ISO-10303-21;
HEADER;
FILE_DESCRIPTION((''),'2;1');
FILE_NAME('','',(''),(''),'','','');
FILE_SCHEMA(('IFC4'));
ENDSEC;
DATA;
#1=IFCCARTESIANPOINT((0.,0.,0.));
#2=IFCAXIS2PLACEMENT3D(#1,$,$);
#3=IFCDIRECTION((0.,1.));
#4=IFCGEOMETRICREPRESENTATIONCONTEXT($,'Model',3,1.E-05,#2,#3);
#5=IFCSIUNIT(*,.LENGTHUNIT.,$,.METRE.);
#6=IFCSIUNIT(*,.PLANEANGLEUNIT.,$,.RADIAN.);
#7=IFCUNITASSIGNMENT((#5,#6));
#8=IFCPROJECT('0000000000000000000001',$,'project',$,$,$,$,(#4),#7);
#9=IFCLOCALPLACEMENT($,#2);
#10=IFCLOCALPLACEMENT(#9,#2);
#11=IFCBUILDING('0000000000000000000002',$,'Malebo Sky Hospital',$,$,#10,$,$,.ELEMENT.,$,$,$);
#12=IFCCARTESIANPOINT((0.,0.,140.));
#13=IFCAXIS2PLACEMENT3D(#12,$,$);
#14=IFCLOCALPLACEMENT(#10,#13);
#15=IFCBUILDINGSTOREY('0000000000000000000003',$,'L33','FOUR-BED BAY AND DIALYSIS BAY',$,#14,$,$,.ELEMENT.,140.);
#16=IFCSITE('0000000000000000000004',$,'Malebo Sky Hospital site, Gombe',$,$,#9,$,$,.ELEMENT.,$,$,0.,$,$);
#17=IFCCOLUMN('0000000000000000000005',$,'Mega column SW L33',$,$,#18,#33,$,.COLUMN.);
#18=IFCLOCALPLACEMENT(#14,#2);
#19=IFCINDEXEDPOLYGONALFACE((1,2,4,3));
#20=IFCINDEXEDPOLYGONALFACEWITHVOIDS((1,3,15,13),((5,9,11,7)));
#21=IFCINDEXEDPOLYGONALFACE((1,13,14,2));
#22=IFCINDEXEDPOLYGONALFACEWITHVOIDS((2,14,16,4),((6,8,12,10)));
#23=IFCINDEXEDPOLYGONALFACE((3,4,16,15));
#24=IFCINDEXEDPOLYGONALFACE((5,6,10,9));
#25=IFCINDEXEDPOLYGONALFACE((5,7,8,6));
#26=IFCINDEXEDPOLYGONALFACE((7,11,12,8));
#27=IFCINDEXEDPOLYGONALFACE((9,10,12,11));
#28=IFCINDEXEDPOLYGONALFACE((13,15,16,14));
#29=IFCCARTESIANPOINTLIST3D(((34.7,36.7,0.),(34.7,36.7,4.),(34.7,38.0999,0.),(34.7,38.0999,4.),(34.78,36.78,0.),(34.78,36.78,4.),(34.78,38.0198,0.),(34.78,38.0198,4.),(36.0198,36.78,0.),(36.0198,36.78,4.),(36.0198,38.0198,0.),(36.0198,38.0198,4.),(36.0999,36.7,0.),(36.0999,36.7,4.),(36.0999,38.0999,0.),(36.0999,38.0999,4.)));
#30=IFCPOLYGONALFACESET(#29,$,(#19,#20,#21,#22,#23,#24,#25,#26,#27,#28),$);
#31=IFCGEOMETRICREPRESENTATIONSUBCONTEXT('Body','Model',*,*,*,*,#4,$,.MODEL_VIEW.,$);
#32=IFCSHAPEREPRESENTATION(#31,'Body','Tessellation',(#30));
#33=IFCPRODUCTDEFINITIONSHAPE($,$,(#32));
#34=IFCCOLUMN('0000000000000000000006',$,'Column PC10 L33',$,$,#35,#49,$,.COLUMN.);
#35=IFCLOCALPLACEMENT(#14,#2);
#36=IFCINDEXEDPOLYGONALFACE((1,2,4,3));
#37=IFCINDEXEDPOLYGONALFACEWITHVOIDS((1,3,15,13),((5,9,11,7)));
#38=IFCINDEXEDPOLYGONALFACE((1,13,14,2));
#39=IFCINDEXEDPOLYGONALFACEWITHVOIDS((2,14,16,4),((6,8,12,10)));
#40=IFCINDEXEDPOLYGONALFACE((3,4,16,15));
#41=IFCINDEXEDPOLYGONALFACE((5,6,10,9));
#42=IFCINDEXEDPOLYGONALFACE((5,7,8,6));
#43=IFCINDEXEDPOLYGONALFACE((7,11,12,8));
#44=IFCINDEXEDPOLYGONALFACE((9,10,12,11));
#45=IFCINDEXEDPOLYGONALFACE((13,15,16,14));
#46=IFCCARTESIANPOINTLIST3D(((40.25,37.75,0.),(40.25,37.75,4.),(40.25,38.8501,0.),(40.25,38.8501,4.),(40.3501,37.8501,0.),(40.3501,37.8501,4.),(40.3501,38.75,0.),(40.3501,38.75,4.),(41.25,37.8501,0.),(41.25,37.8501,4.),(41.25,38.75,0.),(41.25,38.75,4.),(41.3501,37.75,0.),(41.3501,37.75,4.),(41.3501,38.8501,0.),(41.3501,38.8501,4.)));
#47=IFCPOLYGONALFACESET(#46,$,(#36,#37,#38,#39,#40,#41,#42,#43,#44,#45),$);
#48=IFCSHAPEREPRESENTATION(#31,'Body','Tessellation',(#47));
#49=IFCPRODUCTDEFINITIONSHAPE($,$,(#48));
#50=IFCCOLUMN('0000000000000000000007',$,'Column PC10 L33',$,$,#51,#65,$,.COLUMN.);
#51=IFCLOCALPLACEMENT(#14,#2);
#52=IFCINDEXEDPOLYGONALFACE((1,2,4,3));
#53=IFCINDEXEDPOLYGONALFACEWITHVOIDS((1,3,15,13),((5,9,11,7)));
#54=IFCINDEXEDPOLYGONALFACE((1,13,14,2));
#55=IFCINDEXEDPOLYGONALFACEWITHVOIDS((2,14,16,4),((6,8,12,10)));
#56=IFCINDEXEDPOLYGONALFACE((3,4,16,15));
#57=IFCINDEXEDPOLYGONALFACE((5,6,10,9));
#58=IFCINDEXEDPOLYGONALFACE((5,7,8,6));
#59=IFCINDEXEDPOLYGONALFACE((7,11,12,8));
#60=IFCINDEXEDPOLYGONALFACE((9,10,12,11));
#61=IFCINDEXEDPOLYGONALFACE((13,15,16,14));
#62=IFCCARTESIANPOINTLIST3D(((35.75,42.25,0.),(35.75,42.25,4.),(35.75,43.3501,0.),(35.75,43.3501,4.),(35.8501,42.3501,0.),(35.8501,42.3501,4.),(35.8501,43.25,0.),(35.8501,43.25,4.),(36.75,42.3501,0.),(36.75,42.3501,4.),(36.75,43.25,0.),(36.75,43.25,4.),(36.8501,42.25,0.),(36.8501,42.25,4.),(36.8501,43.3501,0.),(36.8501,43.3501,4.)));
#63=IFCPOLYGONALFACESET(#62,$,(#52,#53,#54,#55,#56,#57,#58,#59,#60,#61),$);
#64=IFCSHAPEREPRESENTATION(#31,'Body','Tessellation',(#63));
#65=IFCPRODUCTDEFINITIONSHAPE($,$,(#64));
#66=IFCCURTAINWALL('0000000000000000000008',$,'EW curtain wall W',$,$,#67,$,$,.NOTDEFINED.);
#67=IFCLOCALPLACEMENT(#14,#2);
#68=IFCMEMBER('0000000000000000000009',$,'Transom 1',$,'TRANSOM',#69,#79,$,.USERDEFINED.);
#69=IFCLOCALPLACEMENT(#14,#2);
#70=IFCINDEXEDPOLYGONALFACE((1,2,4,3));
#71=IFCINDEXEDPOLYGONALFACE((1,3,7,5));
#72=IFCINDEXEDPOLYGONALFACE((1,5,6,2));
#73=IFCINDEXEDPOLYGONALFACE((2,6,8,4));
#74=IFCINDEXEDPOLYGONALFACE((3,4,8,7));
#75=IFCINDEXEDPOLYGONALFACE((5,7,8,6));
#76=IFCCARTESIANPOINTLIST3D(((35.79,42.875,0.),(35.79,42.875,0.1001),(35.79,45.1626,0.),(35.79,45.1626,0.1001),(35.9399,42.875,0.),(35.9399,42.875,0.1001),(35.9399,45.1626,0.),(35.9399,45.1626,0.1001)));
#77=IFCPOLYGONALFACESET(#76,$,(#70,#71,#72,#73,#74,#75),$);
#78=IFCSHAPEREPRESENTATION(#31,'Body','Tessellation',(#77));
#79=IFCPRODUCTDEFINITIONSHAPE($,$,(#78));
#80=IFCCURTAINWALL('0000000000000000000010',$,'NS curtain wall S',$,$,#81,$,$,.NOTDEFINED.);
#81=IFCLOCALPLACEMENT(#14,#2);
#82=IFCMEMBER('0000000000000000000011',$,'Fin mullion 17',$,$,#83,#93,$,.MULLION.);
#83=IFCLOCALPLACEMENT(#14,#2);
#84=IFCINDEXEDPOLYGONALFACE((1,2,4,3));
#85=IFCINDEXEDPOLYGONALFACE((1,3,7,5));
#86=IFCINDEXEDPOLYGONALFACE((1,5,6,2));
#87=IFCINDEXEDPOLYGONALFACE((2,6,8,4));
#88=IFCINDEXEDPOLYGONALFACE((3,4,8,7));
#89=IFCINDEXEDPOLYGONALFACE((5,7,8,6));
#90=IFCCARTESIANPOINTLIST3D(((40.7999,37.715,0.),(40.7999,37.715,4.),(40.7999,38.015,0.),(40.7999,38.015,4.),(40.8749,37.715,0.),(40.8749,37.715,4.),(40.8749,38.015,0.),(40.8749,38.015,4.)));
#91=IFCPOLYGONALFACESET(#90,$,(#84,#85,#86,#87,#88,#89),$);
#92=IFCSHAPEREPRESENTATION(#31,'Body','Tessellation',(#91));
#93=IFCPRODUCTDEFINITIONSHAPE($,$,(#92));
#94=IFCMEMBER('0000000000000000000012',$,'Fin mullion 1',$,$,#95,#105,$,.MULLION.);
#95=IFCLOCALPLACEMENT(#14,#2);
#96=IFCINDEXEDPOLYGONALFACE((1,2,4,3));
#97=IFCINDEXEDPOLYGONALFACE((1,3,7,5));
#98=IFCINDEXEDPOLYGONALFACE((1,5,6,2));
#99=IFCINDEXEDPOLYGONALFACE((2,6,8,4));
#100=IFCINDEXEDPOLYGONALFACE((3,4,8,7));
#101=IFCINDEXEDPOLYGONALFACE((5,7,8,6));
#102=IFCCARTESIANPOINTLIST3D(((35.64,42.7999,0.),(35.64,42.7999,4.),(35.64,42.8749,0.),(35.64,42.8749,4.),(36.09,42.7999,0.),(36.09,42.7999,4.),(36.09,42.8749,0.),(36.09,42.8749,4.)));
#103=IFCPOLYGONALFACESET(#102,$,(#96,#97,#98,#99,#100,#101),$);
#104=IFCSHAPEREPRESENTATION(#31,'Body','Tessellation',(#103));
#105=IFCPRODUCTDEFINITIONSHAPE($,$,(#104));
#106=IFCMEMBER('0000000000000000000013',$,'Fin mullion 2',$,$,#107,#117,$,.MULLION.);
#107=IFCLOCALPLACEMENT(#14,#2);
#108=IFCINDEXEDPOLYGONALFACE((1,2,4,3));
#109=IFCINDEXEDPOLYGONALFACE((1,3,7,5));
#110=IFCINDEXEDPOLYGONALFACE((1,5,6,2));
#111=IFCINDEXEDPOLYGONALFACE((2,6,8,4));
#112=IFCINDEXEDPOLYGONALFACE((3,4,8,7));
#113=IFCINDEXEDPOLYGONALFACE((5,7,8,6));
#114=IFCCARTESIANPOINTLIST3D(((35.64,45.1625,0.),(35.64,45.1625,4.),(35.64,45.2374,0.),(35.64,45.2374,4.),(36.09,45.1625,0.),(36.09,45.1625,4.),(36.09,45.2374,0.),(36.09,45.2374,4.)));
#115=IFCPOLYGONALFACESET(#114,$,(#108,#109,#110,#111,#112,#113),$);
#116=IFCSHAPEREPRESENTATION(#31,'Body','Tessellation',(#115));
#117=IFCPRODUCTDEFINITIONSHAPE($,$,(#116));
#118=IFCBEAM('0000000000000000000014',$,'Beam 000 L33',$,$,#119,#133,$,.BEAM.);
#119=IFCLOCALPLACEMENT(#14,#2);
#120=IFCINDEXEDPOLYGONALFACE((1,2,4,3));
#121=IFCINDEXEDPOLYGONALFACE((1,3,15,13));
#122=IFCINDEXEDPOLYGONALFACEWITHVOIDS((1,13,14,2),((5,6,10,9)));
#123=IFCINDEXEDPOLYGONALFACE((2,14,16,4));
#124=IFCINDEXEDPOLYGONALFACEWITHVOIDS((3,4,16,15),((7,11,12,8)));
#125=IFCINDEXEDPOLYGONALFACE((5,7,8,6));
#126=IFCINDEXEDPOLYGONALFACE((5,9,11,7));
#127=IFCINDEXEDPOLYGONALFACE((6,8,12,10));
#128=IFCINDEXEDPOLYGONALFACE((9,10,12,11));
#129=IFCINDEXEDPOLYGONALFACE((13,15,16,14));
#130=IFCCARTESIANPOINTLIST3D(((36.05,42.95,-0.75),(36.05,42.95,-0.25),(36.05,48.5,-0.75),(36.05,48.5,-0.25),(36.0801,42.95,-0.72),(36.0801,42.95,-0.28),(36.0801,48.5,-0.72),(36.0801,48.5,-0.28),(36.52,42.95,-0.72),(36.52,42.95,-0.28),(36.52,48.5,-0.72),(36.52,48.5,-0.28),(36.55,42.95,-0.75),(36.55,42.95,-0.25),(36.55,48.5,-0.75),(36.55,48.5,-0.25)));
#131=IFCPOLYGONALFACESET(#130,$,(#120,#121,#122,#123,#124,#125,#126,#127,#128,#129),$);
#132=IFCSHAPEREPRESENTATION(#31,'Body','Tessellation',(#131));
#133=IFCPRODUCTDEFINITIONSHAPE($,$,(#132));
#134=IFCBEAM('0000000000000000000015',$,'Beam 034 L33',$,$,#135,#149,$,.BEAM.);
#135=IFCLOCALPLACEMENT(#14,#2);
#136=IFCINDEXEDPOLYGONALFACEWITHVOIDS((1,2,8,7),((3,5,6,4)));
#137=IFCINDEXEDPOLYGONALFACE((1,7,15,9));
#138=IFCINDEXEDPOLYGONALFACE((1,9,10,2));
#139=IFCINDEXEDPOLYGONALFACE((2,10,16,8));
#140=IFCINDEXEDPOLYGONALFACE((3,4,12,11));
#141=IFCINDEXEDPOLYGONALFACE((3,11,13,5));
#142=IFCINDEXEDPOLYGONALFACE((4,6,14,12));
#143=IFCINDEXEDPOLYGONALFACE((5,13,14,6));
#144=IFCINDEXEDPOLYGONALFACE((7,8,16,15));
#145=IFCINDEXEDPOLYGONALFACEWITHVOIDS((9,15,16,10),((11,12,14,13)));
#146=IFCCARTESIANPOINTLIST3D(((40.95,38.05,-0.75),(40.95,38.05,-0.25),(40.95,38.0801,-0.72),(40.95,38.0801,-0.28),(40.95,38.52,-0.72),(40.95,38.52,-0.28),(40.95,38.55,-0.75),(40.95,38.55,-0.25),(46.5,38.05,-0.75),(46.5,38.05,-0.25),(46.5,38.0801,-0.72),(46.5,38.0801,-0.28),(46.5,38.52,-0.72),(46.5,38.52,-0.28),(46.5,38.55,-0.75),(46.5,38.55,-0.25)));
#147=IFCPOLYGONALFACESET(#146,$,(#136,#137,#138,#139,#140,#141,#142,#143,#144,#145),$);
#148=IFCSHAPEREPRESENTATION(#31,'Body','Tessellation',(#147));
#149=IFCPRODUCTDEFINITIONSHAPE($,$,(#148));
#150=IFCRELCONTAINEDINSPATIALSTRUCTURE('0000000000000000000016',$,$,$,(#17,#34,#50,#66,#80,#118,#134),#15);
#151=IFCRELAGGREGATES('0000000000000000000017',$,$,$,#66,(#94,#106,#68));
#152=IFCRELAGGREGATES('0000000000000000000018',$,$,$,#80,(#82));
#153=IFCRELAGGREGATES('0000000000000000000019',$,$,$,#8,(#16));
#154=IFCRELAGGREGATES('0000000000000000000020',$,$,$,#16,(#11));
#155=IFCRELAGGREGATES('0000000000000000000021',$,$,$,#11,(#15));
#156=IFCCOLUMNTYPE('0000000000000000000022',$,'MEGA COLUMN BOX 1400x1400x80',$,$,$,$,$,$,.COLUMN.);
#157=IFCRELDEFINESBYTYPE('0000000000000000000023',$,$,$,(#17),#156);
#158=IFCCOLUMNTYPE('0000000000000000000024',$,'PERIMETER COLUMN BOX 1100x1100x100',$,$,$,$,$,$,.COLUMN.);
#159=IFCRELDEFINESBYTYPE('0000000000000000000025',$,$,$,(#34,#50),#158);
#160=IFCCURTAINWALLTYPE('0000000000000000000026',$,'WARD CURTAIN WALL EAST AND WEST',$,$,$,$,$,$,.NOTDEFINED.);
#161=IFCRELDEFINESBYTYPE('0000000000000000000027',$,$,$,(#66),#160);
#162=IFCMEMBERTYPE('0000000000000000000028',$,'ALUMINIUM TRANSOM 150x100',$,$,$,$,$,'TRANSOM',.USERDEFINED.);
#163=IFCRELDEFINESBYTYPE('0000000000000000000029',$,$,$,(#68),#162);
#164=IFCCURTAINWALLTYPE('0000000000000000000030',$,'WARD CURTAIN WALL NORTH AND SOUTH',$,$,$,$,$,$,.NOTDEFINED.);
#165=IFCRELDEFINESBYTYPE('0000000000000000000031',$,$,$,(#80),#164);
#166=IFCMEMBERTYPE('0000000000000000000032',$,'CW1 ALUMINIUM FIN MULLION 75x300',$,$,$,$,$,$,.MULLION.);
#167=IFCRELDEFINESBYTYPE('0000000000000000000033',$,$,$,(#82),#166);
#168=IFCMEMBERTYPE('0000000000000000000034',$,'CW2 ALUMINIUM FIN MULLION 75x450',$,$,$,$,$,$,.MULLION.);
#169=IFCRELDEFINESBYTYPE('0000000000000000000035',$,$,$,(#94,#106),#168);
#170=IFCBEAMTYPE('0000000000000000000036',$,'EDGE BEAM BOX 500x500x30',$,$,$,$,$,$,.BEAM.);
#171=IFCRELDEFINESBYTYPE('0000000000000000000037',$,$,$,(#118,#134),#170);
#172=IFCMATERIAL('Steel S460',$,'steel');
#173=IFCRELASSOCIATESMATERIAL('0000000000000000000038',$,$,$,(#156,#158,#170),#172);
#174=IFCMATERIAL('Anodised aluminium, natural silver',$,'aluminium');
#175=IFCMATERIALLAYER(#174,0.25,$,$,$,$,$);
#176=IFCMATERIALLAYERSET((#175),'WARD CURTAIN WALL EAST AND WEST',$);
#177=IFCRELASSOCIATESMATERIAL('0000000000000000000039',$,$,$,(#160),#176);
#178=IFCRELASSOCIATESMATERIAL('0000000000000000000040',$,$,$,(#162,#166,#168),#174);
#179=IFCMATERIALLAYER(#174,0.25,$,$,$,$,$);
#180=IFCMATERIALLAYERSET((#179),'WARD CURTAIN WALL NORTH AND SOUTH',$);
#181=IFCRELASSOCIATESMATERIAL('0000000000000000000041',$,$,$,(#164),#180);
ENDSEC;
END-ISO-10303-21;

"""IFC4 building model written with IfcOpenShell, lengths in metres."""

from ifc_helpers import new_model, si_unit, direction, frame, origin, origin_2d, place, context, subcontext, project, spatial, rectangle, hollow_rectangle, extrude, material, layer, layer_set, material_profile, profile_set, type_object, element, aggregate, save


model = new_model("IFC4")

# Units and contexts
model_context = context("Model", 3, precision=1e-05, world=origin(), true_north=direction((0.0, 1.0)))
body_context = subcontext(model_context, "Body", "Model", "MODEL_VIEW")
ifc_project = project(units=[si_unit("LENGTHUNIT", "METRE"), si_unit("PLANEANGLEUNIT", "RADIAN")], contexts=[model_context])

# Site, building, storey
site_placement = place(None, origin())
site = spatial("IfcSite", under=ifc_project, at=site_placement, Name="Malebo Sky Hospital site, Gombe", CompositionType="ELEMENT", RefElevation=0.0)
building_placement = place(site_placement, origin())
building = spatial("IfcBuilding", under=site, at=building_placement, Name="Malebo Sky Hospital", CompositionType="ELEMENT")
storey_placement = place(building_placement, frame((0.0, 0.0, 140.0)))
storey = spatial("IfcBuildingStorey", under=building, at=storey_placement, Name="L33", Description="FOUR-BED BAY AND DIALYSIS BAY", CompositionType="ELEMENT", Elevation=140.0)

# Columns
ifc_material_1 = material(Name="Steel S460", Category="steel")
ifc_material_profile_1 = material_profile(ifc_material_1, hollow_rectangle(XDim=1.3999, YDim=1.3999, WallThickness=0.0801, at=origin_2d()), Name="BOX 1400x1400x80")
ifc_profile_set_1 = profile_set([ifc_material_profile_1], Name="Steel S460")
column_type_1 = type_object("IfcColumnType", Name="MEGA COLUMN BOX 1400x1400x80", PredefinedType="COLUMN", material=ifc_profile_set_1)
column_placement = place(storey_placement, frame((35.3999, 37.3999, 0.0), z_axis=(0.0, 0.0, 1.0), x_axis=(1.0, 0.0, 0.0)))
element("IfcColumn", 1, at=column_placement, inside=storey, type_object=column_type_1, Name="Mega column SW L33", PredefinedType="COLUMN", context=body_context, shape_type="SweptSolid", body=[
    extrude(hollow_rectangle(XDim=1.3999, YDim=1.3999, WallThickness=0.0801, at=origin_2d()), origin(), (0.0, 0.0, 1.0), 4.0),
])
ifc_material_profile_2 = material_profile(ifc_material_1, hollow_rectangle(XDim=1.1001, YDim=1.1001, WallThickness=0.1001, at=origin_2d()), Name="BOX 1100x1100x100")
ifc_profile_set_2 = profile_set([ifc_material_profile_2], Name="Steel S460")
column_type_2 = type_object("IfcColumnType", Name="PERIMETER COLUMN BOX 1100x1100x100", PredefinedType="COLUMN", material=ifc_profile_set_2)
for number, where, z_axis, x_axis, name in (
    (2, (40.8, 38.3, 0.0), (0.0, 0.0, 1.0), (1.0, 0.0, 0.0), "Column PC10 L33"),
    (3, (36.3, 42.8, 0.0), (0.0, 0.0, 1.0), (1.0, 0.0, 0.0), "Column PC10 L33"),
):
    element("IfcColumn", number, at=place(storey_placement, frame(where, z_axis=z_axis, x_axis=x_axis)), inside=storey, type_object=column_type_2, Name=name, PredefinedType="COLUMN", context=body_context, shape_type="SweptSolid", body=[
        extrude(hollow_rectangle(XDim=1.1001, YDim=1.1001, WallThickness=0.1001, at=origin_2d()), origin(), (0.0, 0.0, 1.0), 4.0),
    ])

# Curtain walls, members
ifc_material_2 = material(Name="Anodised aluminium, natural silver", Category="aluminium")
ifc_layer_1 = layer(ifc_material_2, 0.25)
ifc_layer_set_1 = layer_set([ifc_layer_1], Name="WARD CURTAIN WALL EAST AND WEST")
curtain_wall_type_1 = type_object("IfcCurtainWallType", Name="WARD CURTAIN WALL EAST AND WEST", PredefinedType="NOTDEFINED", material=ifc_layer_set_1)
curtain_wall_1_placement = place(storey_placement, origin())
curtain_wall_1 = element("IfcCurtainWall", 4, at=curtain_wall_1_placement, inside=storey, type_object=curtain_wall_type_1, Name="EW curtain wall W", PredefinedType="NOTDEFINED")
ifc_material_profile_3 = material_profile(ifc_material_2, rectangle(XDim=0.1499, YDim=0.1001, at=origin_2d()), Name="ALUMINIUM TRANSOM 150x100")
ifc_profile_set_3 = profile_set([ifc_material_profile_3], Name="Anodised aluminium, natural silver")
member_type_1 = type_object("IfcMemberType", Name="ALUMINIUM TRANSOM 150x100", ElementType="TRANSOM", PredefinedType="USERDEFINED", material=ifc_profile_set_3)
member_1_placement = place(storey_placement, frame((35.865, 42.875, 0.05), z_axis=(0.0, 1.0, 0.0), x_axis=(-1.0, 0.0, 0.0)))
member_1 = element("IfcMember", 5, at=member_1_placement, type_object=member_type_1, Name="Transom 1", ObjectType="TRANSOM", PredefinedType="USERDEFINED", context=body_context, shape_type="SweptSolid", body=[
    extrude(rectangle(XDim=0.1499, YDim=0.1001, at=origin_2d()), origin(), (0.0, 0.0, 1.0), 2.2876),
])
ifc_layer_2 = layer(ifc_material_2, 0.25)
ifc_layer_set_2 = layer_set([ifc_layer_2], Name="WARD CURTAIN WALL NORTH AND SOUTH")
curtain_wall_type_2 = type_object("IfcCurtainWallType", Name="WARD CURTAIN WALL NORTH AND SOUTH", PredefinedType="NOTDEFINED", material=ifc_layer_set_2)
curtain_wall_2_placement = place(storey_placement, origin())
curtain_wall_2 = element("IfcCurtainWall", 6, at=curtain_wall_2_placement, inside=storey, type_object=curtain_wall_type_2, Name="NS curtain wall S", PredefinedType="NOTDEFINED")
ifc_material_profile_4 = material_profile(ifc_material_2, rectangle(XDim=0.075, YDim=0.3, at=origin_2d()), Name="CW1 ALUMINIUM FIN MULLION 75x300")
ifc_profile_set_4 = profile_set([ifc_material_profile_4], Name="Anodised aluminium, natural silver")
member_type_2 = type_object("IfcMemberType", Name="CW1 ALUMINIUM FIN MULLION 75x300", PredefinedType="MULLION", material=ifc_profile_set_4)
member_2_placement = place(storey_placement, frame((40.8374, 37.865, 0.0), z_axis=(0.0, 0.0, 1.0), x_axis=(-1.0, 0.0, 0.0)))
member_2 = element("IfcMember", 7, at=member_2_placement, type_object=member_type_2, Name="Fin mullion 17", PredefinedType="MULLION", context=body_context, shape_type="SweptSolid", body=[
    extrude(rectangle(XDim=0.075, YDim=0.3, at=origin_2d()), origin(), (0.0, 0.0, 1.0), 4.0),
])

# Members
ifc_material_profile_5 = material_profile(ifc_material_2, rectangle(XDim=0.075, YDim=0.45, at=origin_2d()), Name="CW2 ALUMINIUM FIN MULLION 75x450")
ifc_profile_set_5 = profile_set([ifc_material_profile_5], Name="Anodised aluminium, natural silver")
member_type_3 = type_object("IfcMemberType", Name="CW2 ALUMINIUM FIN MULLION 75x450", PredefinedType="MULLION", material=ifc_profile_set_5)
member_3_placement = place(storey_placement, frame((35.865, 42.8374, 0.0), z_axis=(0.0, 0.0, 1.0), x_axis=(0.0, 1.0, 0.0)))
member_3 = element("IfcMember", 8, at=member_3_placement, type_object=member_type_3, Name="Fin mullion 1", PredefinedType="MULLION", context=body_context, shape_type="SweptSolid", body=[
    extrude(rectangle(XDim=0.075, YDim=0.45, at=origin_2d()), origin(), (0.0, 0.0, 1.0), 4.0),
])
member_4_placement = place(storey_placement, frame((35.865, 45.2, 0.0), z_axis=(0.0, 0.0, 1.0), x_axis=(0.0, 1.0, 0.0)))
member_4 = element("IfcMember", 9, at=member_4_placement, type_object=member_type_3, Name="Fin mullion 2", PredefinedType="MULLION", context=body_context, shape_type="SweptSolid", body=[
    extrude(rectangle(XDim=0.075, YDim=0.45, at=origin_2d()), origin(), (0.0, 0.0, 1.0), 4.0),
])

# Beams
ifc_material_profile_6 = material_profile(ifc_material_1, hollow_rectangle(XDim=0.5, YDim=0.5, WallThickness=0.03, at=origin_2d()), Name="BOX 500x500x30")
ifc_profile_set_6 = profile_set([ifc_material_profile_6], Name="Steel S460")
beam_type_1 = type_object("IfcBeamType", Name="EDGE BEAM BOX 500x500x30", PredefinedType="BEAM", material=ifc_profile_set_6)
for number, where, z_axis, x_axis, name in (
    (10, (36.3, 42.95, -0.5), (0.0, 1.0, 0.0), (-1.0, 0.0, 0.0), "Beam 000 L33"),
    (11, (40.95, 38.3, -0.5), (1.0, 0.0, 0.0), (0.0, 1.0, 0.0), "Beam 034 L33"),
):
    element("IfcBeam", number, at=place(storey_placement, frame(where, z_axis=z_axis, x_axis=x_axis)), inside=storey, type_object=beam_type_1, Name=name, PredefinedType="BEAM", context=body_context, shape_type="SweptSolid", body=[
        extrude(hollow_rectangle(XDim=0.5, YDim=0.5, WallThickness=0.03, at=origin_2d()), origin(), (0.0, 0.0, 1.0), 5.55),
    ])

aggregate(curtain_wall_1, [member_3, member_4, member_1])
aggregate(curtain_wall_2, [member_2])

save(model, "model.ifc")
